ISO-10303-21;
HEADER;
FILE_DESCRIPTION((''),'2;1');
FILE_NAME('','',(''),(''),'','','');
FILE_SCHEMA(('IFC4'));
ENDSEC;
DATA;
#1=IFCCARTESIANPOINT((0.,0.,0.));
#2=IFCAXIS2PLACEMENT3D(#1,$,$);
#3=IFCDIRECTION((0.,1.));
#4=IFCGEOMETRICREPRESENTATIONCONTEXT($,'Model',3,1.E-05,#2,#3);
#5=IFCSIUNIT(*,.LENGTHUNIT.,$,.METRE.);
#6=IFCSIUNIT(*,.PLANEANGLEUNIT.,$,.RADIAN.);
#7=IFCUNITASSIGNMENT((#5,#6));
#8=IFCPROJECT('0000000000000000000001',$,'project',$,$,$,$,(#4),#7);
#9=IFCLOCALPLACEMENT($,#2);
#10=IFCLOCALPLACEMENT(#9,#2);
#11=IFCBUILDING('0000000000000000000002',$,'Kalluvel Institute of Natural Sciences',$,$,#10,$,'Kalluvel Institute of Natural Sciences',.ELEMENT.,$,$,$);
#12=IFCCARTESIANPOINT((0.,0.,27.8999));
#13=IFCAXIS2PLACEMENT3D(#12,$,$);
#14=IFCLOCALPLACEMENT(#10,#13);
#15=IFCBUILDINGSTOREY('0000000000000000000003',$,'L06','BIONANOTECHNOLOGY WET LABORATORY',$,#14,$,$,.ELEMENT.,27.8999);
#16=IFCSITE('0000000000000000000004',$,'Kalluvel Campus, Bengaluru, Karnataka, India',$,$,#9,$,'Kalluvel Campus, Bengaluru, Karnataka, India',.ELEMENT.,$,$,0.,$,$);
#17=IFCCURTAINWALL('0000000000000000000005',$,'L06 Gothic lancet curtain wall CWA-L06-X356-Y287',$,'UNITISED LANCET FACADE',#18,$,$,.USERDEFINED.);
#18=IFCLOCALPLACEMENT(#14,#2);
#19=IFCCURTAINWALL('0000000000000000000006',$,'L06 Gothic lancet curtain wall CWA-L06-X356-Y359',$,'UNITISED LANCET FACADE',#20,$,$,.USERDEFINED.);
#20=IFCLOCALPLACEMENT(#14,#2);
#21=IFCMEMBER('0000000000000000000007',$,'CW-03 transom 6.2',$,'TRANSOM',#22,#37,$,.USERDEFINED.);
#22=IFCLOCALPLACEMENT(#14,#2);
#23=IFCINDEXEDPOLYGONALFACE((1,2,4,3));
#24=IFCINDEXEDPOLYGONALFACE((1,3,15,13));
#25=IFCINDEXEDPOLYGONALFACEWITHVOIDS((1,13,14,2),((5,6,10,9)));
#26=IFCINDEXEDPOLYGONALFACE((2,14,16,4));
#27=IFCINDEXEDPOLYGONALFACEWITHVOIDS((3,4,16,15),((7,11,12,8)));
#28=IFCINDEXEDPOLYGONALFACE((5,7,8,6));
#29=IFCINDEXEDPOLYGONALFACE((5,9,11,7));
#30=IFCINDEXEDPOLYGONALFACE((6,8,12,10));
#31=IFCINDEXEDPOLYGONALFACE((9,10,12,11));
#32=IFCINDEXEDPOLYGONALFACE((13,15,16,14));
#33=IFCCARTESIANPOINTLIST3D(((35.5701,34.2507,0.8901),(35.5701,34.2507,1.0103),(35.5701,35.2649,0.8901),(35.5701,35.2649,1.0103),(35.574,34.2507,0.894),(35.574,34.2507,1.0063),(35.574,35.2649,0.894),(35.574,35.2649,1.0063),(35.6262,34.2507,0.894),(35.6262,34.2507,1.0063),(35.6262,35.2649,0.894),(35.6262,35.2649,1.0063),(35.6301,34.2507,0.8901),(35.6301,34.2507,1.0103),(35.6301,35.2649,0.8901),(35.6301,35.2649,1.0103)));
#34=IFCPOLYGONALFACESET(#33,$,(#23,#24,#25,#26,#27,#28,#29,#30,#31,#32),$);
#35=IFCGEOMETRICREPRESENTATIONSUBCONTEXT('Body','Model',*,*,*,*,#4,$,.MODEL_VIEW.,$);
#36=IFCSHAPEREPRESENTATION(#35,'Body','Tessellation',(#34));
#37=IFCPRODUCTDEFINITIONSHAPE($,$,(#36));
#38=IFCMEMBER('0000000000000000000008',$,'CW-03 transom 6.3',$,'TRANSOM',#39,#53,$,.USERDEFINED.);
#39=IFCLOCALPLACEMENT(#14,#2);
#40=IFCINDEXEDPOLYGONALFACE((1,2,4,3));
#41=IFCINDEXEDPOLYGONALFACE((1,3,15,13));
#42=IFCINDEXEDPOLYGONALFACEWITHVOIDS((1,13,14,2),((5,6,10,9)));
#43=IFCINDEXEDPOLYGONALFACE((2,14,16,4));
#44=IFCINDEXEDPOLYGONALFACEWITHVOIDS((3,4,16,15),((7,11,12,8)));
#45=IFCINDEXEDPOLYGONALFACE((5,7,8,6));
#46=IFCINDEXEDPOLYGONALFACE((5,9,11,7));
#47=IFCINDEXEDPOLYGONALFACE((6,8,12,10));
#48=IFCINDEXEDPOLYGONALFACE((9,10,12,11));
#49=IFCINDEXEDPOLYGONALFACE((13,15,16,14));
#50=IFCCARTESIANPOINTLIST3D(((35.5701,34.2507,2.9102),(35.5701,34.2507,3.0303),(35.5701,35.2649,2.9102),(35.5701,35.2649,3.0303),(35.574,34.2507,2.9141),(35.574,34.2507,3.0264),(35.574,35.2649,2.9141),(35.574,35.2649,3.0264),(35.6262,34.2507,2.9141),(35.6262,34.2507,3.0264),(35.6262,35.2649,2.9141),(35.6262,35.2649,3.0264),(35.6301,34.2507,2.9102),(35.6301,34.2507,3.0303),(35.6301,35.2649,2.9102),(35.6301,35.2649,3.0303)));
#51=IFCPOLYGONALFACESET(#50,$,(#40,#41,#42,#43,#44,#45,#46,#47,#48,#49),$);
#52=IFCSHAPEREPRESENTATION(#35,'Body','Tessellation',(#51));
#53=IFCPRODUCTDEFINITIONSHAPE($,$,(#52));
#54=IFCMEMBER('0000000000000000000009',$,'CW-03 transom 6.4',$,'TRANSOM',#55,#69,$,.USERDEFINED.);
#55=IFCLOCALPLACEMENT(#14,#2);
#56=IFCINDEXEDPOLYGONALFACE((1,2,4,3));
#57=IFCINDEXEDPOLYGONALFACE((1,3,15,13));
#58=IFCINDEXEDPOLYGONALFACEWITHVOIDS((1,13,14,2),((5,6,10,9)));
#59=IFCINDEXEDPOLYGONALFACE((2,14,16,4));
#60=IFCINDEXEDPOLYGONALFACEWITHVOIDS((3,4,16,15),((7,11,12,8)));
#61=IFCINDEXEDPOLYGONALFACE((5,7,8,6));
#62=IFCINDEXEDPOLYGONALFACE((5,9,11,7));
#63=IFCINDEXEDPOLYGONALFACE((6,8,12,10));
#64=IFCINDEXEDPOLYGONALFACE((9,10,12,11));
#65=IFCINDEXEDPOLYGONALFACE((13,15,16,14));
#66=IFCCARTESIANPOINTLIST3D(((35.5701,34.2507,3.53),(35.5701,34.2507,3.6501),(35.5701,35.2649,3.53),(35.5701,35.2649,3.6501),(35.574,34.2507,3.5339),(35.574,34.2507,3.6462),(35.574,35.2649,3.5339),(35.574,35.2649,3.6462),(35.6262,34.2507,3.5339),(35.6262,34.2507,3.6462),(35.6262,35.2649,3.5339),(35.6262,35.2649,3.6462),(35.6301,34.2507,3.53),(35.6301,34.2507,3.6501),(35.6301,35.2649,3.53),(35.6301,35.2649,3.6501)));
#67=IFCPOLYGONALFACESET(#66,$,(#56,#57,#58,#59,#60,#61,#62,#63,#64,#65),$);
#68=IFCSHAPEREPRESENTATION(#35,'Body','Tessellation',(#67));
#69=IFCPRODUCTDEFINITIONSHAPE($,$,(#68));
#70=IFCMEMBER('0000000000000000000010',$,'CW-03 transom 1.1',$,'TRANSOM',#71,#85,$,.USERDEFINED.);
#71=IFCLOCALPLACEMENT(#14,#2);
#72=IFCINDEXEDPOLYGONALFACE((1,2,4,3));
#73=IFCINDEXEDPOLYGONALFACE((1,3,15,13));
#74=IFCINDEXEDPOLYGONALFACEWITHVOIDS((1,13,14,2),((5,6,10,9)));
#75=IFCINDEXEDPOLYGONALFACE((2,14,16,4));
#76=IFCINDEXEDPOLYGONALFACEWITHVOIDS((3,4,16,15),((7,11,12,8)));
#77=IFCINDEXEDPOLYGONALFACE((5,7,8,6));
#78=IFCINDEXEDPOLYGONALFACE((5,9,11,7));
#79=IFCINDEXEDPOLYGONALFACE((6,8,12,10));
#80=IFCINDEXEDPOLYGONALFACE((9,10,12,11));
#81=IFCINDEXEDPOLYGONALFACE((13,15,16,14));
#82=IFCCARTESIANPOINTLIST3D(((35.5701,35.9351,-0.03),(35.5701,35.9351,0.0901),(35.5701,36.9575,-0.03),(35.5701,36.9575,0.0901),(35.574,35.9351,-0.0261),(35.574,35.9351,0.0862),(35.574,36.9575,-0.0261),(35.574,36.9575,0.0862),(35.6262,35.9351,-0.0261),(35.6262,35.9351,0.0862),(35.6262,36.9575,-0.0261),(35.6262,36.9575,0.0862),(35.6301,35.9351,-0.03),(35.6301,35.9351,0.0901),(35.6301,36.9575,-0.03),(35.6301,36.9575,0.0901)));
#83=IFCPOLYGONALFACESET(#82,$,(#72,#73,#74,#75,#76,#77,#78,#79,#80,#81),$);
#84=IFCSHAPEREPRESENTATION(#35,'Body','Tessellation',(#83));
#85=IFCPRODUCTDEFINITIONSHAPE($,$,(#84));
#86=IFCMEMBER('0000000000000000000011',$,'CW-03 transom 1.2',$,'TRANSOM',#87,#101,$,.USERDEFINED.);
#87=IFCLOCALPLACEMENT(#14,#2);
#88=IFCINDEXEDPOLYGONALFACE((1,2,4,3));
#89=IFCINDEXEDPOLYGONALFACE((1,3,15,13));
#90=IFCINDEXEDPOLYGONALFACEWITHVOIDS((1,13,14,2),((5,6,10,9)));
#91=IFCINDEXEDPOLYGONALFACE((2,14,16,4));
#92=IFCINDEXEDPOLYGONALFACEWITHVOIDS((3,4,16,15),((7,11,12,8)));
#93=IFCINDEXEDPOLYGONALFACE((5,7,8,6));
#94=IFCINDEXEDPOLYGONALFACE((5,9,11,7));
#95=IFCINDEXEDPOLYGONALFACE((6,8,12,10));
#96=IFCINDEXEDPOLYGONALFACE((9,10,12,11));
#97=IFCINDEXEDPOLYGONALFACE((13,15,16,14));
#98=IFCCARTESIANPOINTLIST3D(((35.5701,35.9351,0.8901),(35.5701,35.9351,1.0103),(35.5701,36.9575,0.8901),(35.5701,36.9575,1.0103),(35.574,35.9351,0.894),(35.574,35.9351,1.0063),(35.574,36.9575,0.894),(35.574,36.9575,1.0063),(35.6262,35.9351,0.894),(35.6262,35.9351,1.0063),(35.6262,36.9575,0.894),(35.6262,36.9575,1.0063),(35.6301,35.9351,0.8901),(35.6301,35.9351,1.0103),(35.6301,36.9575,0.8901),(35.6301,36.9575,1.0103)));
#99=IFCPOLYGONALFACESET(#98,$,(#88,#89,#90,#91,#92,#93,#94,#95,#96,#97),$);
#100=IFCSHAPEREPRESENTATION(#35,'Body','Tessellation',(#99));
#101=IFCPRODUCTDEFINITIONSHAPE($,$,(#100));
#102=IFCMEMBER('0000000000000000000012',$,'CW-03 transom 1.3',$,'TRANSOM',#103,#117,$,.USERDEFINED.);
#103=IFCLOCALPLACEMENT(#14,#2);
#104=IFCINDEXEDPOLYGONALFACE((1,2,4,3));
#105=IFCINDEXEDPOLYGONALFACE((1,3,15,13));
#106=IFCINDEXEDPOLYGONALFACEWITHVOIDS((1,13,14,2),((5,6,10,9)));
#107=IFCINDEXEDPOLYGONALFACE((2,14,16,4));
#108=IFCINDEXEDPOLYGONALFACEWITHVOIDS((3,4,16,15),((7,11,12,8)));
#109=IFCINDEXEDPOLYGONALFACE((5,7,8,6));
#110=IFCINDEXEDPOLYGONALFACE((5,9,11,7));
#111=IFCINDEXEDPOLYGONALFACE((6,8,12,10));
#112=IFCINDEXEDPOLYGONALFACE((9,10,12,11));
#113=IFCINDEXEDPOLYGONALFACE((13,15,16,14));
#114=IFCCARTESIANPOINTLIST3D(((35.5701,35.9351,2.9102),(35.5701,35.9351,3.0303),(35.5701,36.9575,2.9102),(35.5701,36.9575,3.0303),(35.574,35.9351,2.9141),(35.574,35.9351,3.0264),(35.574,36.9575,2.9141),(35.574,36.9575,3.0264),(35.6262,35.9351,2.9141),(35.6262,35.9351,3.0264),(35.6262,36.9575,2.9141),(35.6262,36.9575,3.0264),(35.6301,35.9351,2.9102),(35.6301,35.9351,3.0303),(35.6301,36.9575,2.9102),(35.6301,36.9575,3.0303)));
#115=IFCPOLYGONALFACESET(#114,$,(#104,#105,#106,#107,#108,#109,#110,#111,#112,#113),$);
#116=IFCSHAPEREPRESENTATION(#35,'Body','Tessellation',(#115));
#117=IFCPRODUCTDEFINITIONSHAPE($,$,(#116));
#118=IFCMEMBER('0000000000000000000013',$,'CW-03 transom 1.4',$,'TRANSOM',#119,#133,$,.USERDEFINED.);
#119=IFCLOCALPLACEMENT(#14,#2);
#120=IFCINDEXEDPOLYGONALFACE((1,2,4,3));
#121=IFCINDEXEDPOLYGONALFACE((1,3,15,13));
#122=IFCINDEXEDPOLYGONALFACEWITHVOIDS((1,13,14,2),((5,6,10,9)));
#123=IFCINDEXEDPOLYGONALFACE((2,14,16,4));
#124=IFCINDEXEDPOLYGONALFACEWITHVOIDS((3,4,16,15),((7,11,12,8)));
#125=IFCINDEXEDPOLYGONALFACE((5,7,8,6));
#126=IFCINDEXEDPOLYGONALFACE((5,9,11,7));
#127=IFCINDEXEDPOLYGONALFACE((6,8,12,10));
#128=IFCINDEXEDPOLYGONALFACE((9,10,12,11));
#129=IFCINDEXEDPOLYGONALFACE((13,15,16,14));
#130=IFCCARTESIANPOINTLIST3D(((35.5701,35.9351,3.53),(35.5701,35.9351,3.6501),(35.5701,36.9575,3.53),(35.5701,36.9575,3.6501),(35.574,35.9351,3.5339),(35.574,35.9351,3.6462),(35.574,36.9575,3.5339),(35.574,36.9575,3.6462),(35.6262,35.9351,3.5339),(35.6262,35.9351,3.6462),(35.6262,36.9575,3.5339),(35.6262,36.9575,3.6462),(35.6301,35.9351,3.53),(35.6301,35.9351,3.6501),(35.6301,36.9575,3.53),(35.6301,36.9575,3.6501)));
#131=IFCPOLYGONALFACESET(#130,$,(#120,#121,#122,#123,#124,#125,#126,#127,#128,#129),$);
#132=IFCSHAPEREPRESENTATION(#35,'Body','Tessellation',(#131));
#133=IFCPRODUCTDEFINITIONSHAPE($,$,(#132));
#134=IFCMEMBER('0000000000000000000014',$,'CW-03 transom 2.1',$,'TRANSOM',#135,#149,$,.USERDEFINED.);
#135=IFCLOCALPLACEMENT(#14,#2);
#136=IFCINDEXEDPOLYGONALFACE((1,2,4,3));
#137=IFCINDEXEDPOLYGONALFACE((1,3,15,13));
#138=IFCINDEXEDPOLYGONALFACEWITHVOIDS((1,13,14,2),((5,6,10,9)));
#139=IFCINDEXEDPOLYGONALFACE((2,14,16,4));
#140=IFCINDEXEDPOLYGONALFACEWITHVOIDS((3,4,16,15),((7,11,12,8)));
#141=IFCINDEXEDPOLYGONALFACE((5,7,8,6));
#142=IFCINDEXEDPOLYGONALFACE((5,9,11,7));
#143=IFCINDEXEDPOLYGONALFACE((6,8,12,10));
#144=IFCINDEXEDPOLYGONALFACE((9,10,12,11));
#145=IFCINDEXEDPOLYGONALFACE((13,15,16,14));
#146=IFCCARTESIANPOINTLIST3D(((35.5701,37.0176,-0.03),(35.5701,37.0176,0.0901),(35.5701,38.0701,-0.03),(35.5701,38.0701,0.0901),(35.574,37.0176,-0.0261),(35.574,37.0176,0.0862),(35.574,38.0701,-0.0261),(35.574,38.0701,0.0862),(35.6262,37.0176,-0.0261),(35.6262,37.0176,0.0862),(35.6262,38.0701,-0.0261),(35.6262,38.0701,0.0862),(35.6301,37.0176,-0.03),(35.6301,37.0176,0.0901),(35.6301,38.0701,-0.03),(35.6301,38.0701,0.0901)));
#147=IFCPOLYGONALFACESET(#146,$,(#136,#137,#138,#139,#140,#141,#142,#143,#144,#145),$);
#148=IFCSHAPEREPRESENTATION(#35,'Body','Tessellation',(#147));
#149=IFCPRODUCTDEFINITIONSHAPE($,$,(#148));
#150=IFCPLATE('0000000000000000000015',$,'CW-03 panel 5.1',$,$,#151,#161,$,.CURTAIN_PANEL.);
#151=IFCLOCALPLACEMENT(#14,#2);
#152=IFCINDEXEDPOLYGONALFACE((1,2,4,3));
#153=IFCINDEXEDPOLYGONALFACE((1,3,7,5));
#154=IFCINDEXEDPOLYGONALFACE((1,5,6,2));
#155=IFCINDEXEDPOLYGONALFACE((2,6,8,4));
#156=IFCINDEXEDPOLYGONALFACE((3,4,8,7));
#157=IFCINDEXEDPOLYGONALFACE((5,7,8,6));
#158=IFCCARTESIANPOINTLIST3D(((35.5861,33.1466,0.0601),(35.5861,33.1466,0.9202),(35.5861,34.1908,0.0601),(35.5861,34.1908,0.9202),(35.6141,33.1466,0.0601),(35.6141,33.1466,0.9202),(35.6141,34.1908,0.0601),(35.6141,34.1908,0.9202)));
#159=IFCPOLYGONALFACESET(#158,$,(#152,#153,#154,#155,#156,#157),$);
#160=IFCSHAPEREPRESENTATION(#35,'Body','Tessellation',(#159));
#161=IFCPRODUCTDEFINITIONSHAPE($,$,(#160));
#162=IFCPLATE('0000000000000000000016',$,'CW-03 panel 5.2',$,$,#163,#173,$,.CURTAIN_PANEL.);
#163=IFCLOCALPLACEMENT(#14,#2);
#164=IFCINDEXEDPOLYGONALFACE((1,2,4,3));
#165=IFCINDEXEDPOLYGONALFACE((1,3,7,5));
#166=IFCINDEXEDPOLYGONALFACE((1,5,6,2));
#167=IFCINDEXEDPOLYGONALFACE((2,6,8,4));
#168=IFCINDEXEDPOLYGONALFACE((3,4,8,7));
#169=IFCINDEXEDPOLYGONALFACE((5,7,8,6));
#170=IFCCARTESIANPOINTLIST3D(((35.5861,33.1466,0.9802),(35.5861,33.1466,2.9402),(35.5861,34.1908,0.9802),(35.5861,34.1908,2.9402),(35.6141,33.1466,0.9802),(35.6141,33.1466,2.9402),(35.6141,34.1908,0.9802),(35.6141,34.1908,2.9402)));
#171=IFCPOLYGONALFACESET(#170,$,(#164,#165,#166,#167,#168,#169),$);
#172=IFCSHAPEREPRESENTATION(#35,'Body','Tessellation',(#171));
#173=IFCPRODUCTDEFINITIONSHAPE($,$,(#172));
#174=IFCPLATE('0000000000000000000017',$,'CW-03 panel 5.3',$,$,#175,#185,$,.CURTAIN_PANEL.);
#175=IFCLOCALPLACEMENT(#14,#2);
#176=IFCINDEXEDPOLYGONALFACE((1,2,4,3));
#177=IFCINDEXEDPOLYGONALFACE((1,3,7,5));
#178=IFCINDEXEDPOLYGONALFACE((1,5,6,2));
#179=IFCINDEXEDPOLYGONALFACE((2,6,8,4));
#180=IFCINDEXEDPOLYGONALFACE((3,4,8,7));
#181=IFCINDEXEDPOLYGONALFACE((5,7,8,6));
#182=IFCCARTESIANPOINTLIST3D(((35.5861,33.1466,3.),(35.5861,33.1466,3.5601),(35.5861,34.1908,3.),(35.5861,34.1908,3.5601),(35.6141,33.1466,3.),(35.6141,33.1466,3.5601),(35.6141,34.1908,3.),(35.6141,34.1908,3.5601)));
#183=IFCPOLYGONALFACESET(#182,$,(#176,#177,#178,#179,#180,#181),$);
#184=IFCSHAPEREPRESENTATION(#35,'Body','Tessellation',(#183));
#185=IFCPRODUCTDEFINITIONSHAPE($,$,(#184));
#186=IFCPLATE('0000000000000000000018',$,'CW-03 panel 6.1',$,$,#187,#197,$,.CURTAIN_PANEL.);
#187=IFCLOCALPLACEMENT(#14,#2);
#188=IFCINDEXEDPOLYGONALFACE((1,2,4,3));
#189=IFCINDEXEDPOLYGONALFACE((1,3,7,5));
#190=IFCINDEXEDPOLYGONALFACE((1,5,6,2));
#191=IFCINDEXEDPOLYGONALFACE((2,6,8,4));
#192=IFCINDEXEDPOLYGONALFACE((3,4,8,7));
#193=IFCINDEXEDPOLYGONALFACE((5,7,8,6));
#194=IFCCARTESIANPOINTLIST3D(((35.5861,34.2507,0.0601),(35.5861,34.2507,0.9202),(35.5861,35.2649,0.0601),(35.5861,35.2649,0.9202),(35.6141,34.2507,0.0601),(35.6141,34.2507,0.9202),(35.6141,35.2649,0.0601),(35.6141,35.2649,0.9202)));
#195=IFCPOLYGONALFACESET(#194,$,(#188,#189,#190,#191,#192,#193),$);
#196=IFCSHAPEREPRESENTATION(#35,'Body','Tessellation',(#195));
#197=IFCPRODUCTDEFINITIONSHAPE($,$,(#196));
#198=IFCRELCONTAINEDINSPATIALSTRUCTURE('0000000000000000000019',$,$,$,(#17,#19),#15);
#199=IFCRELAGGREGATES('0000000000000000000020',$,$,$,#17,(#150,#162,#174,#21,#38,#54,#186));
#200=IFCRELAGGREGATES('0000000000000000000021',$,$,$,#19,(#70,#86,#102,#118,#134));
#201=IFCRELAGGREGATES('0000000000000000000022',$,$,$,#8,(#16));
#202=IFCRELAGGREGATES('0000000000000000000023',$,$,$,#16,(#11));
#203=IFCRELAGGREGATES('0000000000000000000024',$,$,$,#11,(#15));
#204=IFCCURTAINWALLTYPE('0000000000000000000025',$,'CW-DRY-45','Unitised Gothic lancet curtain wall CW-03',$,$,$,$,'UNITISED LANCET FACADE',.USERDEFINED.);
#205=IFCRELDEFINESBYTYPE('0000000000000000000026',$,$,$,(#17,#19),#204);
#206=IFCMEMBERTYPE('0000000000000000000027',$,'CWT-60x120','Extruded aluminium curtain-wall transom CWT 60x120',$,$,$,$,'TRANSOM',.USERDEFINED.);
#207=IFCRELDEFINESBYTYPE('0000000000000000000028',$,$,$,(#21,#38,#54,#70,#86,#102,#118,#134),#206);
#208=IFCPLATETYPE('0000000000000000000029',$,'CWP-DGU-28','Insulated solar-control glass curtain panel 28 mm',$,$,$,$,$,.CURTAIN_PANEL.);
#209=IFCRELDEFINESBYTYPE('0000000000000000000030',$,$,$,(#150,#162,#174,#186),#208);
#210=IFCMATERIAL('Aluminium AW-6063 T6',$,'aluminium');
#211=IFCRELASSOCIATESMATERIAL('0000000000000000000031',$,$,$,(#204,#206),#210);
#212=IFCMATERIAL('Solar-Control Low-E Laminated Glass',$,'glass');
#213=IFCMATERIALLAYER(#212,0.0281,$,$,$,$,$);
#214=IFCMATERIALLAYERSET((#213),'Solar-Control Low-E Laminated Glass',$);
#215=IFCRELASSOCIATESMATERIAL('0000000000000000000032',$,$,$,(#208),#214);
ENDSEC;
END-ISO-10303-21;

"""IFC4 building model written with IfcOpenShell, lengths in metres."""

from ifc_helpers import new_model, si_unit, direction, frame, origin, origin_2d, place, context, subcontext, project, spatial, rectangle, hollow_rectangle, extrude, material, layer, layer_set, material_profile, profile_set, type_object, element, aggregate, save


model = new_model("IFC4")

# Units and contexts
model_context = context("Model", 3, precision=1e-05, world=origin(), true_north=direction((0.0, 1.0)))
body_context = subcontext(model_context, "Body", "Model", "MODEL_VIEW")
ifc_project = project(units=[si_unit("LENGTHUNIT", "METRE"), si_unit("PLANEANGLEUNIT", "RADIAN")], contexts=[model_context])

# Site, building, storey
site_placement = place(None, origin())
site = spatial("IfcSite", under=ifc_project, at=site_placement, Name="Kalluvel Campus, Bengaluru, Karnataka, India", LongName="Kalluvel Campus, Bengaluru, Karnataka, India", CompositionType="ELEMENT", RefElevation=0.0)
building_placement = place(site_placement, origin())
building = spatial("IfcBuilding", under=site, at=building_placement, Name="Kalluvel Institute of Natural Sciences", LongName="Kalluvel Institute of Natural Sciences", CompositionType="ELEMENT")
storey_placement = place(building_placement, frame((0.0, 0.0, 27.8999)))
storey = spatial("IfcBuildingStorey", under=building, at=storey_placement, Name="L06", Description="BIONANOTECHNOLOGY WET LABORATORY", CompositionType="ELEMENT", Elevation=27.8999)

# Curtain walls
ifc_material_1 = material(Name="Aluminium AW-6063 T6", Category="aluminium")
curtain_wall_type = type_object("IfcCurtainWallType", Name="CW-DRY-45", Description="Unitised Gothic lancet curtain wall CW-03", ElementType="UNITISED LANCET FACADE", PredefinedType="USERDEFINED", material=ifc_material_1)
curtain_wall_1_placement = place(storey_placement, origin())
curtain_wall_1 = element("IfcCurtainWall", 1, at=curtain_wall_1_placement, inside=storey, type_object=curtain_wall_type, Name="L06 Gothic lancet curtain wall CWA-L06-X356-Y287", ObjectType="UNITISED LANCET FACADE", PredefinedType="USERDEFINED")
curtain_wall_2_placement = place(storey_placement, origin())
curtain_wall_2 = element("IfcCurtainWall", 2, at=curtain_wall_2_placement, inside=storey, type_object=curtain_wall_type, Name="L06 Gothic lancet curtain wall CWA-L06-X356-Y359", ObjectType="UNITISED LANCET FACADE", PredefinedType="USERDEFINED")

# Members
ifc_material_profile_1 = material_profile(ifc_material_1, hollow_rectangle(XDim=0.0601, YDim=0.1201, WallThickness=0.0039, at=origin_2d()), Name="CWT 60x120")
ifc_profile_set_1 = profile_set([ifc_material_profile_1], Name="Aluminium AW-6063 T6")
member_type_1 = type_object("IfcMemberType", Name="CWT-60x120", Description="Extruded aluminium curtain-wall transom CWT 60x120", ElementType="TRANSOM", PredefinedType="USERDEFINED", material=ifc_profile_set_1)
member_1_placement = place(storey_placement, frame((35.6001, 34.2507, 0.9502), z_axis=(0.0, 1.0, 0.0), x_axis=(-1.0, 0.0, 0.0)))
member_1 = element("IfcMember", 3, at=member_1_placement, type_object=member_type_1, Name="CW-03 transom 6.2", ObjectType="TRANSOM", PredefinedType="USERDEFINED", context=body_context, shape_type="SweptSolid", body=[
    extrude(hollow_rectangle(XDim=0.0601, YDim=0.1201, WallThickness=0.0039, at=origin_2d()), origin(), (0.0, 0.0, 1.0), 1.0142),
])
member_2_placement = place(storey_placement, frame((35.6001, 34.2507, 2.9702), z_axis=(0.0, 1.0, 0.0), x_axis=(-1.0, 0.0, 0.0)))
member_2 = element("IfcMember", 4, at=member_2_placement, type_object=member_type_1, Name="CW-03 transom 6.3", ObjectType="TRANSOM", PredefinedType="USERDEFINED", context=body_context, shape_type="SweptSolid", body=[
    extrude(hollow_rectangle(XDim=0.0601, YDim=0.1201, WallThickness=0.0039, at=origin_2d()), origin(), (0.0, 0.0, 1.0), 1.0142),
])
member_3_placement = place(storey_placement, frame((35.6001, 34.2507, 3.5901), z_axis=(0.0, 1.0, 0.0), x_axis=(-1.0, 0.0, 0.0)))
member_3 = element("IfcMember", 5, at=member_3_placement, type_object=member_type_1, Name="CW-03 transom 6.4", ObjectType="TRANSOM", PredefinedType="USERDEFINED", context=body_context, shape_type="SweptSolid", body=[
    extrude(hollow_rectangle(XDim=0.0601, YDim=0.1201, WallThickness=0.0039, at=origin_2d()), origin(), (0.0, 0.0, 1.0), 1.0142),
])
member_4_placement = place(storey_placement, frame((35.6001, 35.9351, 0.03), z_axis=(0.0, 1.0, 0.0), x_axis=(-1.0, 0.0, 0.0)))
member_4 = element("IfcMember", 6, at=member_4_placement, type_object=member_type_1, Name="CW-03 transom 1.1", ObjectType="TRANSOM", PredefinedType="USERDEFINED", context=body_context, shape_type="SweptSolid", body=[
    extrude(hollow_rectangle(XDim=0.0601, YDim=0.1201, WallThickness=0.0039, at=origin_2d()), origin(), (0.0, 0.0, 1.0), 1.0225),
])
member_5_placement = place(storey_placement, frame((35.6001, 35.9351, 0.9502), z_axis=(0.0, 1.0, 0.0), x_axis=(-1.0, 0.0, 0.0)))
member_5 = element("IfcMember", 7, at=member_5_placement, type_object=member_type_1, Name="CW-03 transom 1.2", ObjectType="TRANSOM", PredefinedType="USERDEFINED", context=body_context, shape_type="SweptSolid", body=[
    extrude(hollow_rectangle(XDim=0.0601, YDim=0.1201, WallThickness=0.0039, at=origin_2d()), origin(), (0.0, 0.0, 1.0), 1.0225),
])
member_6_placement = place(storey_placement, frame((35.6001, 35.9351, 2.9702), z_axis=(0.0, 1.0, 0.0), x_axis=(-1.0, 0.0, 0.0)))
member_6 = element("IfcMember", 8, at=member_6_placement, type_object=member_type_1, Name="CW-03 transom 1.3", ObjectType="TRANSOM", PredefinedType="USERDEFINED", context=body_context, shape_type="SweptSolid", body=[
    extrude(hollow_rectangle(XDim=0.0601, YDim=0.1201, WallThickness=0.0039, at=origin_2d()), origin(), (0.0, 0.0, 1.0), 1.0225),
])
member_7_placement = place(storey_placement, frame((35.6001, 35.9351, 3.5901), z_axis=(0.0, 1.0, 0.0), x_axis=(-1.0, 0.0, 0.0)))
member_7 = element("IfcMember", 9, at=member_7_placement, type_object=member_type_1, Name="CW-03 transom 1.4", ObjectType="TRANSOM", PredefinedType="USERDEFINED", context=body_context, shape_type="SweptSolid", body=[
    extrude(hollow_rectangle(XDim=0.0601, YDim=0.1201, WallThickness=0.0039, at=origin_2d()), origin(), (0.0, 0.0, 1.0), 1.0225),
])
member_8_placement = place(storey_placement, frame((35.6001, 37.0176, 0.03), z_axis=(0.0, 1.0, 0.0), x_axis=(-1.0, 0.0, 0.0)))
member_8 = element("IfcMember", 10, at=member_8_placement, type_object=member_type_1, Name="CW-03 transom 2.1", ObjectType="TRANSOM", PredefinedType="USERDEFINED", context=body_context, shape_type="SweptSolid", body=[
    extrude(hollow_rectangle(XDim=0.0601, YDim=0.1201, WallThickness=0.0039, at=origin_2d()), origin(), (0.0, 0.0, 1.0), 1.0525),
])

# Plates
ifc_material_2 = material(Name="Solar-Control Low-E Laminated Glass", Category="glass")
ifc_layer = layer(ifc_material_2, 0.0281)
ifc_layer_set = layer_set([ifc_layer], Name="Solar-Control Low-E Laminated Glass")
plate_type = type_object("IfcPlateType", Name="CWP-DGU-28", Description="Insulated solar-control glass curtain panel 28 mm", PredefinedType="CURTAIN_PANEL", material=ifc_layer_set)
plate_1_placement = place(storey_placement, frame((35.6001, 33.6687, 0.0601), z_axis=(0.0, 0.0, 1.0), x_axis=(0.0, 1.0, 0.0)))
plate_1 = element("IfcPlate", 11, at=plate_1_placement, type_object=plate_type, Name="CW-03 panel 5.1", PredefinedType="CURTAIN_PANEL", context=body_context, shape_type="SweptSolid", body=[
    extrude(rectangle(XDim=1.0442, YDim=0.0281, at=origin_2d()), origin(), (0.0, 0.0, 1.0), 0.8601),
])
plate_2_placement = place(storey_placement, frame((35.6001, 33.6687, 0.9802), z_axis=(0.0, 0.0, 1.0), x_axis=(0.0, 1.0, 0.0)))
plate_2 = element("IfcPlate", 12, at=plate_2_placement, type_object=plate_type, Name="CW-03 panel 5.2", PredefinedType="CURTAIN_PANEL", context=body_context, shape_type="SweptSolid", body=[
    extrude(rectangle(XDim=1.0442, YDim=0.0281, at=origin_2d()), origin(), (0.0, 0.0, 1.0), 1.96),
])
plate_3_placement = place(storey_placement, frame((35.6001, 33.6687, 3.0), z_axis=(0.0, 0.0, 1.0), x_axis=(0.0, 1.0, 0.0)))
plate_3 = element("IfcPlate", 13, at=plate_3_placement, type_object=plate_type, Name="CW-03 panel 5.3", PredefinedType="CURTAIN_PANEL", context=body_context, shape_type="SweptSolid", body=[
    extrude(rectangle(XDim=1.0442, YDim=0.0281, at=origin_2d()), origin(), (0.0, 0.0, 1.0), 0.5601),
])
plate_4_placement = place(storey_placement, frame((35.6001, 34.7578, 0.0601), z_axis=(0.0, 0.0, 1.0), x_axis=(0.0, 1.0, 0.0)))
plate_4 = element("IfcPlate", 14, at=plate_4_placement, type_object=plate_type, Name="CW-03 panel 6.1", PredefinedType="CURTAIN_PANEL", context=body_context, shape_type="SweptSolid", body=[
    extrude(rectangle(XDim=1.0142, YDim=0.0281, at=origin_2d()), origin(), (0.0, 0.0, 1.0), 0.8601),
])
aggregate(curtain_wall_1, [plate_1, plate_2, plate_3, member_1, member_2, member_3, plate_4])
aggregate(curtain_wall_2, [member_4, member_5, member_6, member_7, member_8])

save(model, "model.ifc")
